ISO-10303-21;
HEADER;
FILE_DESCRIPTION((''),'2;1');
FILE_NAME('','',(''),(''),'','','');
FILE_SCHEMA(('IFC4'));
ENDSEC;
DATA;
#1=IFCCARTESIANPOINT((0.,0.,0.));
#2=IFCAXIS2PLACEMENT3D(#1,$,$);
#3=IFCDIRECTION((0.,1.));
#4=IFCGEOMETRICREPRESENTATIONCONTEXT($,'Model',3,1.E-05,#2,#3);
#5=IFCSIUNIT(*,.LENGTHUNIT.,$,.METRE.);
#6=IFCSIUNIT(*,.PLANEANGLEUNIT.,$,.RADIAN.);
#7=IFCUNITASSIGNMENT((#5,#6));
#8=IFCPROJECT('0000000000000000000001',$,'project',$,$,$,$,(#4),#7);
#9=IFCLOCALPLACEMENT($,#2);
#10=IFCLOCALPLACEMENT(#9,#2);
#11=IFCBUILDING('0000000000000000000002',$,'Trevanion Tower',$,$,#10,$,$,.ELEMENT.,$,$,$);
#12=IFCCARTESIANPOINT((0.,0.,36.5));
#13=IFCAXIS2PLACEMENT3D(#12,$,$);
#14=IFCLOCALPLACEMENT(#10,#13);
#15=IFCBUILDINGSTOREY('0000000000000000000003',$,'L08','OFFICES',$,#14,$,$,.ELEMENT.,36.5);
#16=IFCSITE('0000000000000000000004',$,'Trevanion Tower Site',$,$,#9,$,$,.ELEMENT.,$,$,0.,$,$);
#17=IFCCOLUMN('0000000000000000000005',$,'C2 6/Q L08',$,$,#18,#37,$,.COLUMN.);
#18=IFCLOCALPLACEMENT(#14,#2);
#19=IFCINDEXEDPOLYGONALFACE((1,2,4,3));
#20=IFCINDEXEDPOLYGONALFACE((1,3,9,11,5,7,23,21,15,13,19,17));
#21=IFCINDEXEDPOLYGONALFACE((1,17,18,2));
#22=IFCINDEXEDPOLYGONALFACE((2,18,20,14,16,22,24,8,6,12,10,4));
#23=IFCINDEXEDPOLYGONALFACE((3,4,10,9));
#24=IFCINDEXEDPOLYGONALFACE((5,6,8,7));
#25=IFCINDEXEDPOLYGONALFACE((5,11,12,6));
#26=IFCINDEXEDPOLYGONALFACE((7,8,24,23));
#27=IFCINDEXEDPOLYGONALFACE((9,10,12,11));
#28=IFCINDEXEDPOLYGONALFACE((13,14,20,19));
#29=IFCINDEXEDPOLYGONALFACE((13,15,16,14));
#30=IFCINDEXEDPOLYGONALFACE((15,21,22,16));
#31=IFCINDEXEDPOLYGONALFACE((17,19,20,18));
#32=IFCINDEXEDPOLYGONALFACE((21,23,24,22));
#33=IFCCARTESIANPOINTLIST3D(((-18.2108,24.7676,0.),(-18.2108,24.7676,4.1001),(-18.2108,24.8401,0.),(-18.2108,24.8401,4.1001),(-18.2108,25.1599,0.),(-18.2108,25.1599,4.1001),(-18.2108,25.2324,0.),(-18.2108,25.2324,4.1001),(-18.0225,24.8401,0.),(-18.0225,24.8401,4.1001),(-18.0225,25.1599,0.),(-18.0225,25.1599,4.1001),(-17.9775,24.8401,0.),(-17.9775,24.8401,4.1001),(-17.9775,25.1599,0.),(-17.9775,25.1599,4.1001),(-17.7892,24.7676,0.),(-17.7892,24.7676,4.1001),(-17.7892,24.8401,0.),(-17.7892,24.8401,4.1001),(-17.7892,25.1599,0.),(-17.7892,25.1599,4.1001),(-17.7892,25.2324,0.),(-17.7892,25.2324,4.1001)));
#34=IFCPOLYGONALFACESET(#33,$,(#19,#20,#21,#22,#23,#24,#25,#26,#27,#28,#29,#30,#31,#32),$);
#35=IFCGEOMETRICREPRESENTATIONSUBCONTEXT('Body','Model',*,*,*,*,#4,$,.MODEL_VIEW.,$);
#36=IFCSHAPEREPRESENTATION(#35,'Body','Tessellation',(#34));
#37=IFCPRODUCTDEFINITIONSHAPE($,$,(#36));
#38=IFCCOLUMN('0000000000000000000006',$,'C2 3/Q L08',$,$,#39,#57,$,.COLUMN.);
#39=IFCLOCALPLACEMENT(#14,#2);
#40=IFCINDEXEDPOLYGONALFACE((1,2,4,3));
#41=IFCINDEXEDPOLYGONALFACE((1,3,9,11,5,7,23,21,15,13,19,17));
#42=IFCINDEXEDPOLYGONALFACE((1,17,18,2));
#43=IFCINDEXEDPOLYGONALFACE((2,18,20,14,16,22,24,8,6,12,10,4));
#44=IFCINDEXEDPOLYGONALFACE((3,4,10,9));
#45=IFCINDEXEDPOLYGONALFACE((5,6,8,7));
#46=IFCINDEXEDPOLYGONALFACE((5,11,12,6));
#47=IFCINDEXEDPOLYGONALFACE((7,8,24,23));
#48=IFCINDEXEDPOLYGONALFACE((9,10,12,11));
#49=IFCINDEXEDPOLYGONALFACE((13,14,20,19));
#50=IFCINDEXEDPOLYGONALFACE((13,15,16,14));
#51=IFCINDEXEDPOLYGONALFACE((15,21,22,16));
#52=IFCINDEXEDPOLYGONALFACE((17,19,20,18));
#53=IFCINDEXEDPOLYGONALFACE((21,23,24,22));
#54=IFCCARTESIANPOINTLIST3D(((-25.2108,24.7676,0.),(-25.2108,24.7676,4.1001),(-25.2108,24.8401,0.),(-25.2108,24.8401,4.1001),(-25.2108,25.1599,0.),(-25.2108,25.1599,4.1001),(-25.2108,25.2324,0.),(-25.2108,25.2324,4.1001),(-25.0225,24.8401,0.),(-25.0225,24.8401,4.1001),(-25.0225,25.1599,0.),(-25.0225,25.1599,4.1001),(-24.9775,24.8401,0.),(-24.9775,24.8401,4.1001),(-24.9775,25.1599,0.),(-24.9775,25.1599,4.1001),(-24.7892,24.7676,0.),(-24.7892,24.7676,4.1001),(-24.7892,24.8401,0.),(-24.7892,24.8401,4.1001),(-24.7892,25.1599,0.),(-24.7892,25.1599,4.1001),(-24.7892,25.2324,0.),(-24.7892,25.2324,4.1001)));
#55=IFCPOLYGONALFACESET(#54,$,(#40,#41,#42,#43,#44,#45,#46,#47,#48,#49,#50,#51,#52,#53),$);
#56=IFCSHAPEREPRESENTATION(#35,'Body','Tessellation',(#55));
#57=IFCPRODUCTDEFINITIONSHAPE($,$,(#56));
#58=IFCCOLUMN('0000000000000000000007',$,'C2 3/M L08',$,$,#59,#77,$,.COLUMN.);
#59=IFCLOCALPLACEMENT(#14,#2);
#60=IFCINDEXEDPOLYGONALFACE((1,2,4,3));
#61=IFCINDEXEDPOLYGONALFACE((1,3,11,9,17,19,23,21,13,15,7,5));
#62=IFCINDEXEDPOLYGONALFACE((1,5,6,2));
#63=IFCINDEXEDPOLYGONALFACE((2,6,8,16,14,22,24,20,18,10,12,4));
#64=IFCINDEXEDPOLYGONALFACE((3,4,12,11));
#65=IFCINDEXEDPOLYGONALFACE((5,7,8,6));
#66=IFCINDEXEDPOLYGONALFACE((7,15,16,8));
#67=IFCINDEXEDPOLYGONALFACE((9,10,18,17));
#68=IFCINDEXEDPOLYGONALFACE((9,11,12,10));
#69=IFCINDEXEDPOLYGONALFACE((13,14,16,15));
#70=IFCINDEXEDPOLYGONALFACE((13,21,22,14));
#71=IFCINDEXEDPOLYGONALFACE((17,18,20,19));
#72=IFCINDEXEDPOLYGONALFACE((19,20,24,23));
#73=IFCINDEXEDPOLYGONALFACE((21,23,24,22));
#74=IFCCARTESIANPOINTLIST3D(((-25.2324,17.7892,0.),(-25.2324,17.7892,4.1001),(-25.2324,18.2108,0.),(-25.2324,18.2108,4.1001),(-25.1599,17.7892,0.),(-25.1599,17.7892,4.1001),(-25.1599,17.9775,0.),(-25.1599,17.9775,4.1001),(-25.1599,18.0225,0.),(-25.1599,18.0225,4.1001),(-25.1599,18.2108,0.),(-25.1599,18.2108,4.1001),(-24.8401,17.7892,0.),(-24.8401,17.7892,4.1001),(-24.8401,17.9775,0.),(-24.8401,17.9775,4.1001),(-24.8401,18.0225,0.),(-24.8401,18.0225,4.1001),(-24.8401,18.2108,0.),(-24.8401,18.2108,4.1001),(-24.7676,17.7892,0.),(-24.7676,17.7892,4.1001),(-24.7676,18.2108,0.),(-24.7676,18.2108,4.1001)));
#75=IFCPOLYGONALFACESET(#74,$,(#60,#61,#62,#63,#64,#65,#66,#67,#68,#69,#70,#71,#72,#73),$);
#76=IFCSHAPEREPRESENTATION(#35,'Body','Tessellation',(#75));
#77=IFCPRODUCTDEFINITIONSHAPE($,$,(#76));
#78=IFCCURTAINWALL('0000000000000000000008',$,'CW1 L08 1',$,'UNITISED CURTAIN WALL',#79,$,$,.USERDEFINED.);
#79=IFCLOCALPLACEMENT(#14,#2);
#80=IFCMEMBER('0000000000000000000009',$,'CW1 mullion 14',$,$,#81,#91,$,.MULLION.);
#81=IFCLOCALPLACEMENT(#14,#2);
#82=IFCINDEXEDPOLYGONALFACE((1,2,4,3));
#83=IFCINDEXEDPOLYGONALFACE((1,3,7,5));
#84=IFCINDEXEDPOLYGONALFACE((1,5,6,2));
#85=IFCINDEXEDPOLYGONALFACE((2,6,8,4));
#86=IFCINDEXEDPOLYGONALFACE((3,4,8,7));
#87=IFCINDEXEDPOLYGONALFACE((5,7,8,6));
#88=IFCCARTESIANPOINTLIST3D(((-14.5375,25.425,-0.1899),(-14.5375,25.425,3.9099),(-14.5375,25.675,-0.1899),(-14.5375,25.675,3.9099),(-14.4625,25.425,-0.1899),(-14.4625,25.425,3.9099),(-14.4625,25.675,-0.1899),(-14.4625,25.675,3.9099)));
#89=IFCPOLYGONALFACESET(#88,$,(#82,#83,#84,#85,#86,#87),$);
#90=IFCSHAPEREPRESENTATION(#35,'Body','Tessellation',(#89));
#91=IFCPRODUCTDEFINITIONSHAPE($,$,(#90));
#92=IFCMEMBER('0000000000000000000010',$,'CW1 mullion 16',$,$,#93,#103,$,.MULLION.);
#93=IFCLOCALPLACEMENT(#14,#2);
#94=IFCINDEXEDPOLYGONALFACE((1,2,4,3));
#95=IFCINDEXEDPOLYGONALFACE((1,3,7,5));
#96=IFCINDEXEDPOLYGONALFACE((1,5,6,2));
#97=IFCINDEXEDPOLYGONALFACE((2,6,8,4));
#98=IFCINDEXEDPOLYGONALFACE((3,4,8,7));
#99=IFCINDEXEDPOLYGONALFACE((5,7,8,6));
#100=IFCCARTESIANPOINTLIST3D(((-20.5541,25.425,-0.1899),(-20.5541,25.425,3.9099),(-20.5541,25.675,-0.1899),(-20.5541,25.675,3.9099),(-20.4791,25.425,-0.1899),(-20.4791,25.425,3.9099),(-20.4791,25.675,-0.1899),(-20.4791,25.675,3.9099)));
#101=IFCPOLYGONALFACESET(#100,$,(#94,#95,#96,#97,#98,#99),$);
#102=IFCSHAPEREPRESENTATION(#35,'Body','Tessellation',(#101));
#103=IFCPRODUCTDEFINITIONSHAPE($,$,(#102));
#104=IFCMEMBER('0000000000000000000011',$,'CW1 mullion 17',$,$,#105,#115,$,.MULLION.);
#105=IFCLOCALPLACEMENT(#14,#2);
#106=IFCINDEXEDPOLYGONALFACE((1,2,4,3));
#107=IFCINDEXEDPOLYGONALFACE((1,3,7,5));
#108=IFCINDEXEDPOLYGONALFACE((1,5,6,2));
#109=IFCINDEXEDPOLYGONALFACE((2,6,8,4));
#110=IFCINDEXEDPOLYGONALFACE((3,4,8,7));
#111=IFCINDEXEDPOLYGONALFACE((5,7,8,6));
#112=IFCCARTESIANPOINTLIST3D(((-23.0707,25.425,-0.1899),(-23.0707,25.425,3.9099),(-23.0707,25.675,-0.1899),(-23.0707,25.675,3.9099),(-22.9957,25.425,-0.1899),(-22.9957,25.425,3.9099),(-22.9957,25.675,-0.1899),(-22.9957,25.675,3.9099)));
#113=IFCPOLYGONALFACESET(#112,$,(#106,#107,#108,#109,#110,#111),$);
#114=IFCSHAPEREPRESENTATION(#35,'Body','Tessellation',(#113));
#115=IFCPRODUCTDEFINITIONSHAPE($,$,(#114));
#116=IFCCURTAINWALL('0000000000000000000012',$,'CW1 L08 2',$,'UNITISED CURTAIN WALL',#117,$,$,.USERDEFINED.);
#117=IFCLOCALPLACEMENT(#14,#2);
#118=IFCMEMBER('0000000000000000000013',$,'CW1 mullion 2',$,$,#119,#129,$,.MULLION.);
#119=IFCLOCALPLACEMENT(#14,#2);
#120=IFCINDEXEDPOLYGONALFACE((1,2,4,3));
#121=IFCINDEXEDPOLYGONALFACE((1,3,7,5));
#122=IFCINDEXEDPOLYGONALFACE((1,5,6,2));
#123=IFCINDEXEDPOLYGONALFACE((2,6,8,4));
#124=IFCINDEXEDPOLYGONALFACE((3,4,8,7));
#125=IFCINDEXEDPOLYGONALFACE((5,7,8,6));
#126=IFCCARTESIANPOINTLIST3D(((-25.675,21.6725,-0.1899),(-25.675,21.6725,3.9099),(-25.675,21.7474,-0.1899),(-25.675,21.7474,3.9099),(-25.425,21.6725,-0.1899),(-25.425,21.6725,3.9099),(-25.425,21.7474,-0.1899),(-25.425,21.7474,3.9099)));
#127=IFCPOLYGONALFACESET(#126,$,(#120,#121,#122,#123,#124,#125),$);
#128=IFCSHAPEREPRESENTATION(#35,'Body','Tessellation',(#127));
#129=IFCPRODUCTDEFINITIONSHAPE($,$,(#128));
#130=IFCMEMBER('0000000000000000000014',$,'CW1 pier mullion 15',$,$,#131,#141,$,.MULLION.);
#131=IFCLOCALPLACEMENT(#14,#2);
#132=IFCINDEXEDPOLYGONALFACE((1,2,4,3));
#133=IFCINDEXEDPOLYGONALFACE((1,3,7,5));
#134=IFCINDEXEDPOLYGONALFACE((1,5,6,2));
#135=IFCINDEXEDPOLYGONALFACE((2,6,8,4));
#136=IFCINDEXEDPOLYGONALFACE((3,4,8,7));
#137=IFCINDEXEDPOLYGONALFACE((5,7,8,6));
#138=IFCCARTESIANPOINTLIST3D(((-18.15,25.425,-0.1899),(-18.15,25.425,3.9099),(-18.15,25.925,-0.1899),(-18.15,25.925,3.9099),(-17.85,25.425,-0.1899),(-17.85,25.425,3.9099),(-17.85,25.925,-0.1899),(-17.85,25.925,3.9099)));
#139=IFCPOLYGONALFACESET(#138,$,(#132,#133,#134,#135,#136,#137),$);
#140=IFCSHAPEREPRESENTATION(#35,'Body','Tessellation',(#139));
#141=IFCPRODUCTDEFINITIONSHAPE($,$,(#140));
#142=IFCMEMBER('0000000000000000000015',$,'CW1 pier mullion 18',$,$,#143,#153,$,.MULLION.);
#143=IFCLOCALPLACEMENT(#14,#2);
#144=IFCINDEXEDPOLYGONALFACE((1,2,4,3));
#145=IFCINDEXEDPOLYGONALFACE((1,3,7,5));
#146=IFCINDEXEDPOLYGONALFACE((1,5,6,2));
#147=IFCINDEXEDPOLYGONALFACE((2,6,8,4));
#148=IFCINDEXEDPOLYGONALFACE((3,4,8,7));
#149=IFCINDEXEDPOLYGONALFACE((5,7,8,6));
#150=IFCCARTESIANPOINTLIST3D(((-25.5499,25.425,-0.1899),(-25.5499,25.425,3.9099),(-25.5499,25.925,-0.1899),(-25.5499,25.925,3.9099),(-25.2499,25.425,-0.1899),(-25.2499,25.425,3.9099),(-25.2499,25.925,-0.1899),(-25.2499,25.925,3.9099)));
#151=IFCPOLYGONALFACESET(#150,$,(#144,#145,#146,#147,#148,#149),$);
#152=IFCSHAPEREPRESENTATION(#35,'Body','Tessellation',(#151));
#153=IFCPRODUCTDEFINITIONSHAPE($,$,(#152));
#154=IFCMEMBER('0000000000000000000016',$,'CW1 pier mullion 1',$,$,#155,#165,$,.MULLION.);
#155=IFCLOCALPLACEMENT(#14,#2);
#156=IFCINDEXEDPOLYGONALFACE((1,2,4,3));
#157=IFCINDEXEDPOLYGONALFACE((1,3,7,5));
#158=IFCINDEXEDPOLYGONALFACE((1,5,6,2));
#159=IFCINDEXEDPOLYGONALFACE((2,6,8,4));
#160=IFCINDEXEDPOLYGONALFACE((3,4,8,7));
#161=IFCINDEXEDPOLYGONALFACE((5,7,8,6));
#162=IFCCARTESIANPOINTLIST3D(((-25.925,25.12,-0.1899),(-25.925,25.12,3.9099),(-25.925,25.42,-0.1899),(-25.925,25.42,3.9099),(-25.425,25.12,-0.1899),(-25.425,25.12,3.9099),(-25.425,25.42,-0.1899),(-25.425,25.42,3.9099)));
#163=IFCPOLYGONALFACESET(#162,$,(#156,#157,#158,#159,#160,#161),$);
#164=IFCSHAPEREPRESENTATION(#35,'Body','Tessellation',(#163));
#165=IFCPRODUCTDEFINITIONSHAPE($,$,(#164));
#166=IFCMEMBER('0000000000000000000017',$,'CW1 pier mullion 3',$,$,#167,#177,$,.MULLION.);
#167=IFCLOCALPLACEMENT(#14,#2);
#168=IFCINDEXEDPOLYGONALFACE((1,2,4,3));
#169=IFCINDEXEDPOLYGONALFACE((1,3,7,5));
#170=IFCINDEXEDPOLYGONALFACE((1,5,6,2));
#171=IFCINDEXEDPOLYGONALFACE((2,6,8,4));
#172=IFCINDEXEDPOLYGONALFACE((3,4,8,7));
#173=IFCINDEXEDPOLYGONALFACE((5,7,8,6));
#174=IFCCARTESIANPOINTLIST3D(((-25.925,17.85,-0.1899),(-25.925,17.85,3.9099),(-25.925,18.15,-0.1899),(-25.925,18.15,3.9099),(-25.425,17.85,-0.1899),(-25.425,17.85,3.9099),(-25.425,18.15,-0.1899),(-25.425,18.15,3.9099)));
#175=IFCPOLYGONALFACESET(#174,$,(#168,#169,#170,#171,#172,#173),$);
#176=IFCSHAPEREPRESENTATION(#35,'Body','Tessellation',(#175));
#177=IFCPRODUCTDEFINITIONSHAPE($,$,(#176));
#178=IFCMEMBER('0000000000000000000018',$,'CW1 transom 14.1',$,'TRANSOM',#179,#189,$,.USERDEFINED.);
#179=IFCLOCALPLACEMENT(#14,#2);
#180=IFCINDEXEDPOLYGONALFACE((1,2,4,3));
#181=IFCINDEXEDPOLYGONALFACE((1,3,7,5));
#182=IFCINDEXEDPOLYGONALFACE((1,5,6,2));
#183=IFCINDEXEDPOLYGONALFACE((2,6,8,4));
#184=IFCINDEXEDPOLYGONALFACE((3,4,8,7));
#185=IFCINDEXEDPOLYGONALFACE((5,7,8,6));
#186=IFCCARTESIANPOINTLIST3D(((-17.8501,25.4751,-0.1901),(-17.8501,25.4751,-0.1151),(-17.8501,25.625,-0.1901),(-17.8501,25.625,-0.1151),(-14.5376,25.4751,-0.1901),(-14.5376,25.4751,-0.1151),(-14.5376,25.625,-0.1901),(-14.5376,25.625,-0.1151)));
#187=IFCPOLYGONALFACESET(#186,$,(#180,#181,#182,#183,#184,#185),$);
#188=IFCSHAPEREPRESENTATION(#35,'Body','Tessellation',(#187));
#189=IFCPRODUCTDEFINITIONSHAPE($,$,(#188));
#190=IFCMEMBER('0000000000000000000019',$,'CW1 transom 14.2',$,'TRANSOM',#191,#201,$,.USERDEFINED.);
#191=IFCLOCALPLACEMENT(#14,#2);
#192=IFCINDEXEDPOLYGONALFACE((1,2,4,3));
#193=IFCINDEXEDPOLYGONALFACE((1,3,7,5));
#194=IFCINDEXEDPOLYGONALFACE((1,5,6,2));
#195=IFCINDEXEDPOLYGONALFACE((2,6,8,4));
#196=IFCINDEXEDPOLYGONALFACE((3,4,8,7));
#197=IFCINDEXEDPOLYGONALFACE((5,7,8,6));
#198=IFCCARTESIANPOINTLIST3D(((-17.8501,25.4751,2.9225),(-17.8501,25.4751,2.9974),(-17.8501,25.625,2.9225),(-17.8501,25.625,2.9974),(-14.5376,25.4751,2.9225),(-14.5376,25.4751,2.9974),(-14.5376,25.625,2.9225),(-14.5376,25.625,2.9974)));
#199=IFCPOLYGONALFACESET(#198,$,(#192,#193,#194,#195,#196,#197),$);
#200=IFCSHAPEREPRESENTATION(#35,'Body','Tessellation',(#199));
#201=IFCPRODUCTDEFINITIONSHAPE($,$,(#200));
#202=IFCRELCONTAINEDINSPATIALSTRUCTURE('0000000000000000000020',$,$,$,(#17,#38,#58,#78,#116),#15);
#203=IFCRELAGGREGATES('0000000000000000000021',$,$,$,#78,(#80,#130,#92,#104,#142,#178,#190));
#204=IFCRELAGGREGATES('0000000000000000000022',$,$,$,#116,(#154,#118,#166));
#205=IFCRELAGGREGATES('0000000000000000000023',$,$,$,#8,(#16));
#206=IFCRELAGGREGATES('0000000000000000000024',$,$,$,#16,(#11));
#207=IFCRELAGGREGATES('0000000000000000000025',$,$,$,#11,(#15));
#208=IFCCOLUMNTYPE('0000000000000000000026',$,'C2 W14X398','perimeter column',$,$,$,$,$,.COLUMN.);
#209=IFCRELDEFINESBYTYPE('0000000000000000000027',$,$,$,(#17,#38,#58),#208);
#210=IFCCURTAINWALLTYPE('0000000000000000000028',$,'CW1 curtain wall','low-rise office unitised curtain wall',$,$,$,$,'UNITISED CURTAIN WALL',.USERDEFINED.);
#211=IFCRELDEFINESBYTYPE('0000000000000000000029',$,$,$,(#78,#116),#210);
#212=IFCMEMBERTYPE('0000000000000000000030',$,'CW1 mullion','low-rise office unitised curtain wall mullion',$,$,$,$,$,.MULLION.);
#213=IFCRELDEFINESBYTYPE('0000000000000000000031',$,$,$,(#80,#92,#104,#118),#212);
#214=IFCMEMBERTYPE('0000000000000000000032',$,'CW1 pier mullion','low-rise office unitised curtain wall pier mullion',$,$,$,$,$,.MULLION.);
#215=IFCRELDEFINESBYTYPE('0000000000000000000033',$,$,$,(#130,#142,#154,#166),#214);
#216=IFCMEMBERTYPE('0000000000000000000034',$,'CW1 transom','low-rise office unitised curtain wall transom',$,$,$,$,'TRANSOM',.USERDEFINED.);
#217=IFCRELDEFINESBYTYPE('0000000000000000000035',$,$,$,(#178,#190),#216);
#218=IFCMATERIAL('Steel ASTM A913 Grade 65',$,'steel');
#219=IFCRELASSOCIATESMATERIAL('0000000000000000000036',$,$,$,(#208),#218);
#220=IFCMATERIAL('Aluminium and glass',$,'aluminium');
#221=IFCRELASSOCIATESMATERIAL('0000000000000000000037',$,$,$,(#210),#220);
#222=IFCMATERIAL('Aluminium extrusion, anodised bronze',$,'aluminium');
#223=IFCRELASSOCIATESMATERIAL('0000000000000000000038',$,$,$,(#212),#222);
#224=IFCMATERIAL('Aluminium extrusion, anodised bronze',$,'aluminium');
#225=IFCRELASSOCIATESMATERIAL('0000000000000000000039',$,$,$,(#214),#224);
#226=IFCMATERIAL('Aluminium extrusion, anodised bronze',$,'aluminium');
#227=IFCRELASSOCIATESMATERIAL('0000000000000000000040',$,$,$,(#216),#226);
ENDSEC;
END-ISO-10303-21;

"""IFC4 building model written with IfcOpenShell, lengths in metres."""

from ifc_helpers import new_model, si_unit, direction, frame, origin, origin_2d, place, context, subcontext, project, spatial, rectangle, i_section, extrude, material, material_profile, profile_set, type_object, element, aggregate, save


model = new_model("IFC4")

# Units and contexts
model_context = context("Model", 3, precision=1e-05, world=origin(), true_north=direction((0.0, 1.0)))
body_context = subcontext(model_context, "Body", "Model", "MODEL_VIEW")
ifc_project = project(units=[si_unit("LENGTHUNIT", "METRE"), si_unit("PLANEANGLEUNIT", "RADIAN")], contexts=[model_context])

# Site, building, storey
site_placement = place(None, origin())
site = spatial("IfcSite", under=ifc_project, at=site_placement, Name="Trevanion Tower Site", CompositionType="ELEMENT", RefElevation=0.0)
building_placement = place(site_placement, origin())
building = spatial("IfcBuilding", under=site, at=building_placement, Name="Trevanion Tower", CompositionType="ELEMENT")
storey_placement = place(building_placement, frame((0.0, 0.0, 36.5)))
storey = spatial("IfcBuildingStorey", under=building, at=storey_placement, Name="L08", Description="OFFICES", CompositionType="ELEMENT", Elevation=36.5)

# Columns
ifc_material_1 = material(Name="Steel ASTM A913 Grade 65", Category="steel")
ifc_material_profile_1 = material_profile(ifc_material_1, i_section(OverallWidth=0.4216, OverallDepth=0.4648, WebThickness=0.0449, FlangeThickness=0.0725, at=origin_2d()), Name="W14X398")
ifc_profile_set_1 = profile_set([ifc_material_profile_1], Name="Steel ASTM A913 Grade 65")
column_type = type_object("IfcColumnType", Name="C2 W14X398", Description="perimeter column", PredefinedType="COLUMN", material=ifc_profile_set_1)
for number, where, z_axis, x_axis, name in (
    (1, (-18.0, 25.0, 0.0), (0.0, 0.0, 1.0), (1.0, 0.0, 0.0), "C2 6/Q L08"),
    (2, (-25.0, 25.0, 0.0), (0.0, 0.0, 1.0), (1.0, 0.0, 0.0), "C2 3/Q L08"),
    (3, (-25.0, 18.0, 0.0), (0.0, 0.0, 1.0), (0.0, 1.0, 0.0), "C2 3/M L08"),
):
    element("IfcColumn", number, at=place(storey_placement, frame(where, z_axis=z_axis, x_axis=x_axis)), inside=storey, type_object=column_type, Name=name, PredefinedType="COLUMN", context=body_context, shape_type="SweptSolid", body=[
        extrude(i_section(OverallWidth=0.4216, OverallDepth=0.4648, WebThickness=0.0449, FlangeThickness=0.0725, at=origin_2d()), origin(), (0.0, 0.0, 1.0), 4.1001),
    ])

# Curtain wall, members
ifc_material_2 = material(Name="Aluminium and glass", Category="aluminium")
curtain_wall_type = type_object("IfcCurtainWallType", Name="CW1 curtain wall", Description="low-rise office unitised curtain wall", ElementType="UNITISED CURTAIN WALL", PredefinedType="USERDEFINED", material=ifc_material_2)
curtain_wall_1_placement = place(storey_placement, origin())
curtain_wall_1 = element("IfcCurtainWall", 4, at=curtain_wall_1_placement, inside=storey, type_object=curtain_wall_type, Name="CW1 L08 1", ObjectType="UNITISED CURTAIN WALL", PredefinedType="USERDEFINED")
ifc_material_3 = material(Name="Aluminium extrusion, anodised bronze", Category="aluminium")
ifc_material_profile_2 = material_profile(ifc_material_3, rectangle(XDim=0.075, YDim=0.25, at=origin_2d()), Name="CW1 mullion")
ifc_profile_set_2 = profile_set([ifc_material_profile_2], Name="Aluminium extrusion, anodised bronze")
member_type_1 = type_object("IfcMemberType", Name="CW1 mullion", Description="low-rise office unitised curtain wall mullion", PredefinedType="MULLION", material=ifc_profile_set_2)
member_1_placement = place(storey_placement, frame((-14.5, 25.55, -0.1899), z_axis=(0.0, 0.0, 1.0), x_axis=(-1.0, 0.0, 0.0)))
member_1 = element("IfcMember", 5, at=member_1_placement, type_object=member_type_1, Name="CW1 mullion 14", PredefinedType="MULLION", context=body_context, shape_type="SweptSolid", body=[
    extrude(rectangle(XDim=0.075, YDim=0.25, at=origin_2d()), origin(), (0.0, 0.0, 1.0), 4.0999),
])
member_2_placement = place(storey_placement, frame((-20.5166, 25.55, -0.1899), z_axis=(0.0, 0.0, 1.0), x_axis=(-1.0, 0.0, 0.0)))
member_2 = element("IfcMember", 6, at=member_2_placement, type_object=member_type_1, Name="CW1 mullion 16", PredefinedType="MULLION", context=body_context, shape_type="SweptSolid", body=[
    extrude(rectangle(XDim=0.075, YDim=0.25, at=origin_2d()), origin(), (0.0, 0.0, 1.0), 4.0999),
])
member_3_placement = place(storey_placement, frame((-23.0332, 25.55, -0.1899), z_axis=(0.0, 0.0, 1.0), x_axis=(-1.0, 0.0, 0.0)))
member_3 = element("IfcMember", 7, at=member_3_placement, type_object=member_type_1, Name="CW1 mullion 17", PredefinedType="MULLION", context=body_context, shape_type="SweptSolid", body=[
    extrude(rectangle(XDim=0.075, YDim=0.25, at=origin_2d()), origin(), (0.0, 0.0, 1.0), 4.0999),
])

# Curtain wall, member
curtain_wall_2_placement = place(storey_placement, origin())
curtain_wall_2 = element("IfcCurtainWall", 8, at=curtain_wall_2_placement, inside=storey, type_object=curtain_wall_type, Name="CW1 L08 2", ObjectType="UNITISED CURTAIN WALL", PredefinedType="USERDEFINED")
member_4_placement = place(storey_placement, frame((-25.55, 21.71, -0.1899), z_axis=(0.0, 0.0, 1.0), x_axis=(0.0, -1.0, 0.0)))
member_4 = element("IfcMember", 9, at=member_4_placement, type_object=member_type_1, Name="CW1 mullion 2", PredefinedType="MULLION", context=body_context, shape_type="SweptSolid", body=[
    extrude(rectangle(XDim=0.075, YDim=0.25, at=origin_2d()), origin(), (0.0, 0.0, 1.0), 4.0999),
])

# Members
ifc_material_4 = material(Name="Aluminium extrusion, anodised bronze", Category="aluminium")
ifc_material_profile_3 = material_profile(ifc_material_4, rectangle(XDim=0.3, YDim=0.5, at=origin_2d()), Name="CW1 pier mullion")
ifc_profile_set_3 = profile_set([ifc_material_profile_3], Name="Aluminium extrusion, anodised bronze")
member_type_2 = type_object("IfcMemberType", Name="CW1 pier mullion", Description="low-rise office unitised curtain wall pier mullion", PredefinedType="MULLION", material=ifc_profile_set_3)
member_5_placement = place(storey_placement, frame((-18.0, 25.675, -0.1899), z_axis=(0.0, 0.0, 1.0), x_axis=(-1.0, 0.0, 0.0)))
member_5 = element("IfcMember", 10, at=member_5_placement, type_object=member_type_2, Name="CW1 pier mullion 15", PredefinedType="MULLION", context=body_context, shape_type="SweptSolid", body=[
    extrude(rectangle(XDim=0.3, YDim=0.5, at=origin_2d()), origin(), (0.0, 0.0, 1.0), 4.0999),
])
member_6_placement = place(storey_placement, frame((-25.3999, 25.675, -0.1899), z_axis=(0.0, 0.0, 1.0), x_axis=(-1.0, 0.0, 0.0)))
member_6 = element("IfcMember", 11, at=member_6_placement, type_object=member_type_2, Name="CW1 pier mullion 18", PredefinedType="MULLION", context=body_context, shape_type="SweptSolid", body=[
    extrude(rectangle(XDim=0.3, YDim=0.5, at=origin_2d()), origin(), (0.0, 0.0, 1.0), 4.0999),
])
member_7_placement = place(storey_placement, frame((-25.675, 25.27, -0.1899), z_axis=(0.0, 0.0, 1.0), x_axis=(0.0, -1.0, 0.0)))
member_7 = element("IfcMember", 12, at=member_7_placement, type_object=member_type_2, Name="CW1 pier mullion 1", PredefinedType="MULLION", context=body_context, shape_type="SweptSolid", body=[
    extrude(rectangle(XDim=0.3, YDim=0.5, at=origin_2d()), origin(), (0.0, 0.0, 1.0), 4.0999),
])
member_8_placement = place(storey_placement, frame((-25.675, 18.0, -0.1899), z_axis=(0.0, 0.0, 1.0), x_axis=(0.0, -1.0, 0.0)))
member_8 = element("IfcMember", 13, at=member_8_placement, type_object=member_type_2, Name="CW1 pier mullion 3", PredefinedType="MULLION", context=body_context, shape_type="SweptSolid", body=[
    extrude(rectangle(XDim=0.3, YDim=0.5, at=origin_2d()), origin(), (0.0, 0.0, 1.0), 4.0999),
])
ifc_material_5 = material(Name="Aluminium extrusion, anodised bronze", Category="aluminium")
ifc_material_profile_4 = material_profile(ifc_material_5, rectangle(XDim=0.1499, YDim=0.075, at=origin_2d()), Name="CW1 transom")
ifc_profile_set_4 = profile_set([ifc_material_profile_4], Name="Aluminium extrusion, anodised bronze")
member_type_3 = type_object("IfcMemberType", Name="CW1 transom", Description="low-rise office unitised curtain wall transom", ElementType="TRANSOM", PredefinedType="USERDEFINED", material=ifc_profile_set_4)
member_9_placement = place(storey_placement, frame((-14.5376, 25.55, -0.1526), z_axis=(-1.0, 0.0, 0.0), x_axis=(0.0, -1.0, 0.0)))
member_9 = element("IfcMember", 14, at=member_9_placement, type_object=member_type_3, Name="CW1 transom 14.1", ObjectType="TRANSOM", PredefinedType="USERDEFINED", context=body_context, shape_type="SweptSolid", body=[
    extrude(rectangle(XDim=0.1499, YDim=0.075, at=origin_2d()), origin(), (0.0, 0.0, 1.0), 3.3125),
])
member_10_placement = place(storey_placement, frame((-14.5376, 25.55, 2.96), z_axis=(-1.0, 0.0, 0.0), x_axis=(0.0, -1.0, 0.0)))
member_10 = element("IfcMember", 15, at=member_10_placement, type_object=member_type_3, Name="CW1 transom 14.2", ObjectType="TRANSOM", PredefinedType="USERDEFINED", context=body_context, shape_type="SweptSolid", body=[
    extrude(rectangle(XDim=0.1499, YDim=0.075, at=origin_2d()), origin(), (0.0, 0.0, 1.0), 3.3125),
])

aggregate(curtain_wall_1, [member_1, member_5, member_2, member_3, member_6, member_9, member_10])
aggregate(curtain_wall_2, [member_7, member_4, member_8])

save(model, "model.ifc")
